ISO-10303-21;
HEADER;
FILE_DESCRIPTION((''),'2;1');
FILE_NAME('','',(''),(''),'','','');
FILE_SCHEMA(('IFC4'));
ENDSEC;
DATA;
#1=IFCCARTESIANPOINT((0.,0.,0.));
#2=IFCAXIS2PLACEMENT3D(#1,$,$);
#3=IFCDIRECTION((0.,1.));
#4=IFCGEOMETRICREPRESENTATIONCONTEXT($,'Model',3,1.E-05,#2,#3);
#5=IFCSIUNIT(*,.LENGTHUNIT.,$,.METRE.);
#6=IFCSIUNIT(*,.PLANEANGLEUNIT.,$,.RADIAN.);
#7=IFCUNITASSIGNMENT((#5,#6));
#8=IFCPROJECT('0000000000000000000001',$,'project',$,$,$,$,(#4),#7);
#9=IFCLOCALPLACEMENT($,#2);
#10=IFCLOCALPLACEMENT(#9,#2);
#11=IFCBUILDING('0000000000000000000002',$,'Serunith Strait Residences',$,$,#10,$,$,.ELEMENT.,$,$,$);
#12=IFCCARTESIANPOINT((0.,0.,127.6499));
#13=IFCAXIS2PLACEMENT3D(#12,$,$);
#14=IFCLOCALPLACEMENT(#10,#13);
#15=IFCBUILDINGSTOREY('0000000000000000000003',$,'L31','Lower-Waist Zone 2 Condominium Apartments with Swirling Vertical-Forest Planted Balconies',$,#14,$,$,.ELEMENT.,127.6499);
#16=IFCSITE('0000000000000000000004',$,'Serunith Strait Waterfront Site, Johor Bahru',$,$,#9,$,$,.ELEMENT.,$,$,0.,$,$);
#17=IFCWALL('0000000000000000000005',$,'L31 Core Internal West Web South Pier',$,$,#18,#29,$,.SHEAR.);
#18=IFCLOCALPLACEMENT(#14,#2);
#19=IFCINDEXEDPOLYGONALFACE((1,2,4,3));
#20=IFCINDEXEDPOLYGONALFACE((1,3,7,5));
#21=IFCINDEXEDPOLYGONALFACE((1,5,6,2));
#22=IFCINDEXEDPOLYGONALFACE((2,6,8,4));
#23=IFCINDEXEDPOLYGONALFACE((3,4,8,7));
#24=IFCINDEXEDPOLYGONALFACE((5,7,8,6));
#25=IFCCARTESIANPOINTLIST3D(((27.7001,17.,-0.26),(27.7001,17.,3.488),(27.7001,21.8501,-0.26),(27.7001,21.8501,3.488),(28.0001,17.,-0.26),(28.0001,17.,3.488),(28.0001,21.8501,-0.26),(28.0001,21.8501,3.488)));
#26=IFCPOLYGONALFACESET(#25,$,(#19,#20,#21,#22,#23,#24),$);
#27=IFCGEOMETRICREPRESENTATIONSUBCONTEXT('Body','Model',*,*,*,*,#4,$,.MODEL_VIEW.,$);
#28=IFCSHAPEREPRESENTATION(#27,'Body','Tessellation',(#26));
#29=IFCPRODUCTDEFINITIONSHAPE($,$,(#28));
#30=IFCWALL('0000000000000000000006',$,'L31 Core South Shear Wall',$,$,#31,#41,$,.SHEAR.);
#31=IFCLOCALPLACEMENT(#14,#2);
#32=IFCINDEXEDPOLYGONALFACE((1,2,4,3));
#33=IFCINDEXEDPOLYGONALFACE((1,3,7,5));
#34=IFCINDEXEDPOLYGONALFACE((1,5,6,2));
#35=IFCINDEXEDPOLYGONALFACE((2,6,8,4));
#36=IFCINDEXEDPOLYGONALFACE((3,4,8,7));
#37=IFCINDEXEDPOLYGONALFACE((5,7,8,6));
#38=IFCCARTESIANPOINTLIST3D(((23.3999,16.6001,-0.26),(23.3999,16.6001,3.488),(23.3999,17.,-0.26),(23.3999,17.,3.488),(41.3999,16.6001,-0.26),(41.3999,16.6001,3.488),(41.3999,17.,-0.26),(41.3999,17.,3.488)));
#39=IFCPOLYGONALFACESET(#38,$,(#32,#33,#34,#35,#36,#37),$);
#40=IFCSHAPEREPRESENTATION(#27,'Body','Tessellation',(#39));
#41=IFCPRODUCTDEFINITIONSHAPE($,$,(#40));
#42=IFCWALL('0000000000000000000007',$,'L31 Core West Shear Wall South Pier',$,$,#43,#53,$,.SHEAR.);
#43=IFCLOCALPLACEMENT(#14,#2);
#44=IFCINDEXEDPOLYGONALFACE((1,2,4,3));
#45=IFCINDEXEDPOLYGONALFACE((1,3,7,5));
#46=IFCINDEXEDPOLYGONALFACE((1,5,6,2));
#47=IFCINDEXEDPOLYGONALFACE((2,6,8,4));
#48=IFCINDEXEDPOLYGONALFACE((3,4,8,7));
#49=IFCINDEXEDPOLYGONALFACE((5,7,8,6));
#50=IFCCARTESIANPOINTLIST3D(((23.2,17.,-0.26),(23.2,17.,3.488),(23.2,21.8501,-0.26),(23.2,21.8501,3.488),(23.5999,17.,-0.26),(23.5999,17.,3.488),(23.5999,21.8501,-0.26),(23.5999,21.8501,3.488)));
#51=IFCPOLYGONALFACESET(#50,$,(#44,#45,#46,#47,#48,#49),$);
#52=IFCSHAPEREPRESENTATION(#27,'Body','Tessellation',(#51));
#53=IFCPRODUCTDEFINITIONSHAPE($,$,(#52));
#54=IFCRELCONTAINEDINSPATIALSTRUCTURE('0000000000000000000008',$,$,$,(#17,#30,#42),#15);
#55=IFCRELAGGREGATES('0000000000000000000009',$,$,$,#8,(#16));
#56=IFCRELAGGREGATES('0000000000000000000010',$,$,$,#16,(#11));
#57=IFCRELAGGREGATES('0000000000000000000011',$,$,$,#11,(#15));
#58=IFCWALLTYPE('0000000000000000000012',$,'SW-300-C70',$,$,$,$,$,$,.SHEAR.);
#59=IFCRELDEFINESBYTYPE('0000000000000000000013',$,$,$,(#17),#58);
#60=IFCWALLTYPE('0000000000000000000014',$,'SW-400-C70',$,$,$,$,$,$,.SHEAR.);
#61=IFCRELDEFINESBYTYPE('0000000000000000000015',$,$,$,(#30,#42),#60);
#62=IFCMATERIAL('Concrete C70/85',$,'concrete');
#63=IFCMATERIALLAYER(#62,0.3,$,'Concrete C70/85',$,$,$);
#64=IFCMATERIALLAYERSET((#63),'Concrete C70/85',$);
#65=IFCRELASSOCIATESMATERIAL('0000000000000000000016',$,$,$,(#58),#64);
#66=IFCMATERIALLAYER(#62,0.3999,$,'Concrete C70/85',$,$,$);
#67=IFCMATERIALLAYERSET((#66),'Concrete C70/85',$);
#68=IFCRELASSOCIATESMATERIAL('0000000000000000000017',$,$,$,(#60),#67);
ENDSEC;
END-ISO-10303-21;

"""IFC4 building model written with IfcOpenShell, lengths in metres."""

from ifc_helpers import new_model, si_unit, direction, frame, frame_2d, origin, place, context, subcontext, project, spatial, rectangle, extrude, material, layer, layer_set, type_object, element, save


model = new_model("IFC4")

# Units and contexts
model_context = context("Model", 3, precision=1e-05, world=origin(), true_north=direction((0.0, 1.0)))
body_context = subcontext(model_context, "Body", "Model", "MODEL_VIEW")
ifc_project = project(units=[si_unit("LENGTHUNIT", "METRE"), si_unit("PLANEANGLEUNIT", "RADIAN")], contexts=[model_context])

# Site, building, storey
site_placement = place(None, origin())
site = spatial("IfcSite", under=ifc_project, at=site_placement, Name="Serunith Strait Waterfront Site, Johor Bahru", CompositionType="ELEMENT", RefElevation=0.0)
building_placement = place(site_placement, origin())
building = spatial("IfcBuilding", under=site, at=building_placement, Name="Serunith Strait Residences", CompositionType="ELEMENT")
storey_placement = place(building_placement, frame((0.0, 0.0, 127.6499)))
storey = spatial("IfcBuildingStorey", under=building, at=storey_placement, Name="L31", Description="Lower-Waist Zone 2 Condominium Apartments with Swirling Vertical-Forest Planted Balconies", CompositionType="ELEMENT", Elevation=127.6499)

# Walls
ifc_material_1 = material(Name="Concrete C70/85", Category="concrete")
ifc_layer_1 = layer(ifc_material_1, 0.3, Name="Concrete C70/85")
ifc_layer_set_1 = layer_set([ifc_layer_1], Name="Concrete C70/85")
wall_type_1 = type_object("IfcWallType", Name="SW-300-C70", PredefinedType="SHEAR", material=ifc_layer_set_1)
wall_1_placement = place(storey_placement, frame((27.8501, 17.0, -0.26), z_axis=(0.0, 0.0, 1.0), x_axis=(0.0, 1.0, 0.0)))
element("IfcWall", 1, at=wall_1_placement, inside=storey, type_object=wall_type_1, Name="L31 Core Internal West Web South Pier", PredefinedType="SHEAR", context=body_context, shape_type="SweptSolid", body=[
    extrude(rectangle(XDim=4.8501, YDim=0.3, at=frame_2d((2.425, 0.0))), origin(), (0.0, 0.0, 1.0), 3.748),
])
ifc_layer_2 = layer(ifc_material_1, 0.3999, Name="Concrete C70/85")
ifc_layer_set_2 = layer_set([ifc_layer_2], Name="Concrete C70/85")
wall_type_2 = type_object("IfcWallType", Name="SW-400-C70", PredefinedType="SHEAR", material=ifc_layer_set_2)
wall_2_placement = place(storey_placement, frame((23.3999, 16.8, -0.26), z_axis=(0.0, 0.0, 1.0), x_axis=(1.0, 0.0, 0.0)))
element("IfcWall", 2, at=wall_2_placement, inside=storey, type_object=wall_type_2, Name="L31 Core South Shear Wall", PredefinedType="SHEAR", context=body_context, shape_type="SweptSolid", body=[
    extrude(rectangle(XDim=18.0, YDim=0.3999, at=frame_2d((9.0, 0.0))), origin(), (0.0, 0.0, 1.0), 3.748),
])
wall_3_placement = place(storey_placement, frame((23.3999, 17.0, -0.26), z_axis=(0.0, 0.0, 1.0), x_axis=(0.0, 1.0, 0.0)))
element("IfcWall", 3, at=wall_3_placement, inside=storey, type_object=wall_type_2, Name="L31 Core West Shear Wall South Pier", PredefinedType="SHEAR", context=body_context, shape_type="SweptSolid", body=[
    extrude(rectangle(XDim=4.8501, YDim=0.3999, at=frame_2d((2.425, 0.0))), origin(), (0.0, 0.0, 1.0), 3.748),
])

save(model, "model.ifc")
